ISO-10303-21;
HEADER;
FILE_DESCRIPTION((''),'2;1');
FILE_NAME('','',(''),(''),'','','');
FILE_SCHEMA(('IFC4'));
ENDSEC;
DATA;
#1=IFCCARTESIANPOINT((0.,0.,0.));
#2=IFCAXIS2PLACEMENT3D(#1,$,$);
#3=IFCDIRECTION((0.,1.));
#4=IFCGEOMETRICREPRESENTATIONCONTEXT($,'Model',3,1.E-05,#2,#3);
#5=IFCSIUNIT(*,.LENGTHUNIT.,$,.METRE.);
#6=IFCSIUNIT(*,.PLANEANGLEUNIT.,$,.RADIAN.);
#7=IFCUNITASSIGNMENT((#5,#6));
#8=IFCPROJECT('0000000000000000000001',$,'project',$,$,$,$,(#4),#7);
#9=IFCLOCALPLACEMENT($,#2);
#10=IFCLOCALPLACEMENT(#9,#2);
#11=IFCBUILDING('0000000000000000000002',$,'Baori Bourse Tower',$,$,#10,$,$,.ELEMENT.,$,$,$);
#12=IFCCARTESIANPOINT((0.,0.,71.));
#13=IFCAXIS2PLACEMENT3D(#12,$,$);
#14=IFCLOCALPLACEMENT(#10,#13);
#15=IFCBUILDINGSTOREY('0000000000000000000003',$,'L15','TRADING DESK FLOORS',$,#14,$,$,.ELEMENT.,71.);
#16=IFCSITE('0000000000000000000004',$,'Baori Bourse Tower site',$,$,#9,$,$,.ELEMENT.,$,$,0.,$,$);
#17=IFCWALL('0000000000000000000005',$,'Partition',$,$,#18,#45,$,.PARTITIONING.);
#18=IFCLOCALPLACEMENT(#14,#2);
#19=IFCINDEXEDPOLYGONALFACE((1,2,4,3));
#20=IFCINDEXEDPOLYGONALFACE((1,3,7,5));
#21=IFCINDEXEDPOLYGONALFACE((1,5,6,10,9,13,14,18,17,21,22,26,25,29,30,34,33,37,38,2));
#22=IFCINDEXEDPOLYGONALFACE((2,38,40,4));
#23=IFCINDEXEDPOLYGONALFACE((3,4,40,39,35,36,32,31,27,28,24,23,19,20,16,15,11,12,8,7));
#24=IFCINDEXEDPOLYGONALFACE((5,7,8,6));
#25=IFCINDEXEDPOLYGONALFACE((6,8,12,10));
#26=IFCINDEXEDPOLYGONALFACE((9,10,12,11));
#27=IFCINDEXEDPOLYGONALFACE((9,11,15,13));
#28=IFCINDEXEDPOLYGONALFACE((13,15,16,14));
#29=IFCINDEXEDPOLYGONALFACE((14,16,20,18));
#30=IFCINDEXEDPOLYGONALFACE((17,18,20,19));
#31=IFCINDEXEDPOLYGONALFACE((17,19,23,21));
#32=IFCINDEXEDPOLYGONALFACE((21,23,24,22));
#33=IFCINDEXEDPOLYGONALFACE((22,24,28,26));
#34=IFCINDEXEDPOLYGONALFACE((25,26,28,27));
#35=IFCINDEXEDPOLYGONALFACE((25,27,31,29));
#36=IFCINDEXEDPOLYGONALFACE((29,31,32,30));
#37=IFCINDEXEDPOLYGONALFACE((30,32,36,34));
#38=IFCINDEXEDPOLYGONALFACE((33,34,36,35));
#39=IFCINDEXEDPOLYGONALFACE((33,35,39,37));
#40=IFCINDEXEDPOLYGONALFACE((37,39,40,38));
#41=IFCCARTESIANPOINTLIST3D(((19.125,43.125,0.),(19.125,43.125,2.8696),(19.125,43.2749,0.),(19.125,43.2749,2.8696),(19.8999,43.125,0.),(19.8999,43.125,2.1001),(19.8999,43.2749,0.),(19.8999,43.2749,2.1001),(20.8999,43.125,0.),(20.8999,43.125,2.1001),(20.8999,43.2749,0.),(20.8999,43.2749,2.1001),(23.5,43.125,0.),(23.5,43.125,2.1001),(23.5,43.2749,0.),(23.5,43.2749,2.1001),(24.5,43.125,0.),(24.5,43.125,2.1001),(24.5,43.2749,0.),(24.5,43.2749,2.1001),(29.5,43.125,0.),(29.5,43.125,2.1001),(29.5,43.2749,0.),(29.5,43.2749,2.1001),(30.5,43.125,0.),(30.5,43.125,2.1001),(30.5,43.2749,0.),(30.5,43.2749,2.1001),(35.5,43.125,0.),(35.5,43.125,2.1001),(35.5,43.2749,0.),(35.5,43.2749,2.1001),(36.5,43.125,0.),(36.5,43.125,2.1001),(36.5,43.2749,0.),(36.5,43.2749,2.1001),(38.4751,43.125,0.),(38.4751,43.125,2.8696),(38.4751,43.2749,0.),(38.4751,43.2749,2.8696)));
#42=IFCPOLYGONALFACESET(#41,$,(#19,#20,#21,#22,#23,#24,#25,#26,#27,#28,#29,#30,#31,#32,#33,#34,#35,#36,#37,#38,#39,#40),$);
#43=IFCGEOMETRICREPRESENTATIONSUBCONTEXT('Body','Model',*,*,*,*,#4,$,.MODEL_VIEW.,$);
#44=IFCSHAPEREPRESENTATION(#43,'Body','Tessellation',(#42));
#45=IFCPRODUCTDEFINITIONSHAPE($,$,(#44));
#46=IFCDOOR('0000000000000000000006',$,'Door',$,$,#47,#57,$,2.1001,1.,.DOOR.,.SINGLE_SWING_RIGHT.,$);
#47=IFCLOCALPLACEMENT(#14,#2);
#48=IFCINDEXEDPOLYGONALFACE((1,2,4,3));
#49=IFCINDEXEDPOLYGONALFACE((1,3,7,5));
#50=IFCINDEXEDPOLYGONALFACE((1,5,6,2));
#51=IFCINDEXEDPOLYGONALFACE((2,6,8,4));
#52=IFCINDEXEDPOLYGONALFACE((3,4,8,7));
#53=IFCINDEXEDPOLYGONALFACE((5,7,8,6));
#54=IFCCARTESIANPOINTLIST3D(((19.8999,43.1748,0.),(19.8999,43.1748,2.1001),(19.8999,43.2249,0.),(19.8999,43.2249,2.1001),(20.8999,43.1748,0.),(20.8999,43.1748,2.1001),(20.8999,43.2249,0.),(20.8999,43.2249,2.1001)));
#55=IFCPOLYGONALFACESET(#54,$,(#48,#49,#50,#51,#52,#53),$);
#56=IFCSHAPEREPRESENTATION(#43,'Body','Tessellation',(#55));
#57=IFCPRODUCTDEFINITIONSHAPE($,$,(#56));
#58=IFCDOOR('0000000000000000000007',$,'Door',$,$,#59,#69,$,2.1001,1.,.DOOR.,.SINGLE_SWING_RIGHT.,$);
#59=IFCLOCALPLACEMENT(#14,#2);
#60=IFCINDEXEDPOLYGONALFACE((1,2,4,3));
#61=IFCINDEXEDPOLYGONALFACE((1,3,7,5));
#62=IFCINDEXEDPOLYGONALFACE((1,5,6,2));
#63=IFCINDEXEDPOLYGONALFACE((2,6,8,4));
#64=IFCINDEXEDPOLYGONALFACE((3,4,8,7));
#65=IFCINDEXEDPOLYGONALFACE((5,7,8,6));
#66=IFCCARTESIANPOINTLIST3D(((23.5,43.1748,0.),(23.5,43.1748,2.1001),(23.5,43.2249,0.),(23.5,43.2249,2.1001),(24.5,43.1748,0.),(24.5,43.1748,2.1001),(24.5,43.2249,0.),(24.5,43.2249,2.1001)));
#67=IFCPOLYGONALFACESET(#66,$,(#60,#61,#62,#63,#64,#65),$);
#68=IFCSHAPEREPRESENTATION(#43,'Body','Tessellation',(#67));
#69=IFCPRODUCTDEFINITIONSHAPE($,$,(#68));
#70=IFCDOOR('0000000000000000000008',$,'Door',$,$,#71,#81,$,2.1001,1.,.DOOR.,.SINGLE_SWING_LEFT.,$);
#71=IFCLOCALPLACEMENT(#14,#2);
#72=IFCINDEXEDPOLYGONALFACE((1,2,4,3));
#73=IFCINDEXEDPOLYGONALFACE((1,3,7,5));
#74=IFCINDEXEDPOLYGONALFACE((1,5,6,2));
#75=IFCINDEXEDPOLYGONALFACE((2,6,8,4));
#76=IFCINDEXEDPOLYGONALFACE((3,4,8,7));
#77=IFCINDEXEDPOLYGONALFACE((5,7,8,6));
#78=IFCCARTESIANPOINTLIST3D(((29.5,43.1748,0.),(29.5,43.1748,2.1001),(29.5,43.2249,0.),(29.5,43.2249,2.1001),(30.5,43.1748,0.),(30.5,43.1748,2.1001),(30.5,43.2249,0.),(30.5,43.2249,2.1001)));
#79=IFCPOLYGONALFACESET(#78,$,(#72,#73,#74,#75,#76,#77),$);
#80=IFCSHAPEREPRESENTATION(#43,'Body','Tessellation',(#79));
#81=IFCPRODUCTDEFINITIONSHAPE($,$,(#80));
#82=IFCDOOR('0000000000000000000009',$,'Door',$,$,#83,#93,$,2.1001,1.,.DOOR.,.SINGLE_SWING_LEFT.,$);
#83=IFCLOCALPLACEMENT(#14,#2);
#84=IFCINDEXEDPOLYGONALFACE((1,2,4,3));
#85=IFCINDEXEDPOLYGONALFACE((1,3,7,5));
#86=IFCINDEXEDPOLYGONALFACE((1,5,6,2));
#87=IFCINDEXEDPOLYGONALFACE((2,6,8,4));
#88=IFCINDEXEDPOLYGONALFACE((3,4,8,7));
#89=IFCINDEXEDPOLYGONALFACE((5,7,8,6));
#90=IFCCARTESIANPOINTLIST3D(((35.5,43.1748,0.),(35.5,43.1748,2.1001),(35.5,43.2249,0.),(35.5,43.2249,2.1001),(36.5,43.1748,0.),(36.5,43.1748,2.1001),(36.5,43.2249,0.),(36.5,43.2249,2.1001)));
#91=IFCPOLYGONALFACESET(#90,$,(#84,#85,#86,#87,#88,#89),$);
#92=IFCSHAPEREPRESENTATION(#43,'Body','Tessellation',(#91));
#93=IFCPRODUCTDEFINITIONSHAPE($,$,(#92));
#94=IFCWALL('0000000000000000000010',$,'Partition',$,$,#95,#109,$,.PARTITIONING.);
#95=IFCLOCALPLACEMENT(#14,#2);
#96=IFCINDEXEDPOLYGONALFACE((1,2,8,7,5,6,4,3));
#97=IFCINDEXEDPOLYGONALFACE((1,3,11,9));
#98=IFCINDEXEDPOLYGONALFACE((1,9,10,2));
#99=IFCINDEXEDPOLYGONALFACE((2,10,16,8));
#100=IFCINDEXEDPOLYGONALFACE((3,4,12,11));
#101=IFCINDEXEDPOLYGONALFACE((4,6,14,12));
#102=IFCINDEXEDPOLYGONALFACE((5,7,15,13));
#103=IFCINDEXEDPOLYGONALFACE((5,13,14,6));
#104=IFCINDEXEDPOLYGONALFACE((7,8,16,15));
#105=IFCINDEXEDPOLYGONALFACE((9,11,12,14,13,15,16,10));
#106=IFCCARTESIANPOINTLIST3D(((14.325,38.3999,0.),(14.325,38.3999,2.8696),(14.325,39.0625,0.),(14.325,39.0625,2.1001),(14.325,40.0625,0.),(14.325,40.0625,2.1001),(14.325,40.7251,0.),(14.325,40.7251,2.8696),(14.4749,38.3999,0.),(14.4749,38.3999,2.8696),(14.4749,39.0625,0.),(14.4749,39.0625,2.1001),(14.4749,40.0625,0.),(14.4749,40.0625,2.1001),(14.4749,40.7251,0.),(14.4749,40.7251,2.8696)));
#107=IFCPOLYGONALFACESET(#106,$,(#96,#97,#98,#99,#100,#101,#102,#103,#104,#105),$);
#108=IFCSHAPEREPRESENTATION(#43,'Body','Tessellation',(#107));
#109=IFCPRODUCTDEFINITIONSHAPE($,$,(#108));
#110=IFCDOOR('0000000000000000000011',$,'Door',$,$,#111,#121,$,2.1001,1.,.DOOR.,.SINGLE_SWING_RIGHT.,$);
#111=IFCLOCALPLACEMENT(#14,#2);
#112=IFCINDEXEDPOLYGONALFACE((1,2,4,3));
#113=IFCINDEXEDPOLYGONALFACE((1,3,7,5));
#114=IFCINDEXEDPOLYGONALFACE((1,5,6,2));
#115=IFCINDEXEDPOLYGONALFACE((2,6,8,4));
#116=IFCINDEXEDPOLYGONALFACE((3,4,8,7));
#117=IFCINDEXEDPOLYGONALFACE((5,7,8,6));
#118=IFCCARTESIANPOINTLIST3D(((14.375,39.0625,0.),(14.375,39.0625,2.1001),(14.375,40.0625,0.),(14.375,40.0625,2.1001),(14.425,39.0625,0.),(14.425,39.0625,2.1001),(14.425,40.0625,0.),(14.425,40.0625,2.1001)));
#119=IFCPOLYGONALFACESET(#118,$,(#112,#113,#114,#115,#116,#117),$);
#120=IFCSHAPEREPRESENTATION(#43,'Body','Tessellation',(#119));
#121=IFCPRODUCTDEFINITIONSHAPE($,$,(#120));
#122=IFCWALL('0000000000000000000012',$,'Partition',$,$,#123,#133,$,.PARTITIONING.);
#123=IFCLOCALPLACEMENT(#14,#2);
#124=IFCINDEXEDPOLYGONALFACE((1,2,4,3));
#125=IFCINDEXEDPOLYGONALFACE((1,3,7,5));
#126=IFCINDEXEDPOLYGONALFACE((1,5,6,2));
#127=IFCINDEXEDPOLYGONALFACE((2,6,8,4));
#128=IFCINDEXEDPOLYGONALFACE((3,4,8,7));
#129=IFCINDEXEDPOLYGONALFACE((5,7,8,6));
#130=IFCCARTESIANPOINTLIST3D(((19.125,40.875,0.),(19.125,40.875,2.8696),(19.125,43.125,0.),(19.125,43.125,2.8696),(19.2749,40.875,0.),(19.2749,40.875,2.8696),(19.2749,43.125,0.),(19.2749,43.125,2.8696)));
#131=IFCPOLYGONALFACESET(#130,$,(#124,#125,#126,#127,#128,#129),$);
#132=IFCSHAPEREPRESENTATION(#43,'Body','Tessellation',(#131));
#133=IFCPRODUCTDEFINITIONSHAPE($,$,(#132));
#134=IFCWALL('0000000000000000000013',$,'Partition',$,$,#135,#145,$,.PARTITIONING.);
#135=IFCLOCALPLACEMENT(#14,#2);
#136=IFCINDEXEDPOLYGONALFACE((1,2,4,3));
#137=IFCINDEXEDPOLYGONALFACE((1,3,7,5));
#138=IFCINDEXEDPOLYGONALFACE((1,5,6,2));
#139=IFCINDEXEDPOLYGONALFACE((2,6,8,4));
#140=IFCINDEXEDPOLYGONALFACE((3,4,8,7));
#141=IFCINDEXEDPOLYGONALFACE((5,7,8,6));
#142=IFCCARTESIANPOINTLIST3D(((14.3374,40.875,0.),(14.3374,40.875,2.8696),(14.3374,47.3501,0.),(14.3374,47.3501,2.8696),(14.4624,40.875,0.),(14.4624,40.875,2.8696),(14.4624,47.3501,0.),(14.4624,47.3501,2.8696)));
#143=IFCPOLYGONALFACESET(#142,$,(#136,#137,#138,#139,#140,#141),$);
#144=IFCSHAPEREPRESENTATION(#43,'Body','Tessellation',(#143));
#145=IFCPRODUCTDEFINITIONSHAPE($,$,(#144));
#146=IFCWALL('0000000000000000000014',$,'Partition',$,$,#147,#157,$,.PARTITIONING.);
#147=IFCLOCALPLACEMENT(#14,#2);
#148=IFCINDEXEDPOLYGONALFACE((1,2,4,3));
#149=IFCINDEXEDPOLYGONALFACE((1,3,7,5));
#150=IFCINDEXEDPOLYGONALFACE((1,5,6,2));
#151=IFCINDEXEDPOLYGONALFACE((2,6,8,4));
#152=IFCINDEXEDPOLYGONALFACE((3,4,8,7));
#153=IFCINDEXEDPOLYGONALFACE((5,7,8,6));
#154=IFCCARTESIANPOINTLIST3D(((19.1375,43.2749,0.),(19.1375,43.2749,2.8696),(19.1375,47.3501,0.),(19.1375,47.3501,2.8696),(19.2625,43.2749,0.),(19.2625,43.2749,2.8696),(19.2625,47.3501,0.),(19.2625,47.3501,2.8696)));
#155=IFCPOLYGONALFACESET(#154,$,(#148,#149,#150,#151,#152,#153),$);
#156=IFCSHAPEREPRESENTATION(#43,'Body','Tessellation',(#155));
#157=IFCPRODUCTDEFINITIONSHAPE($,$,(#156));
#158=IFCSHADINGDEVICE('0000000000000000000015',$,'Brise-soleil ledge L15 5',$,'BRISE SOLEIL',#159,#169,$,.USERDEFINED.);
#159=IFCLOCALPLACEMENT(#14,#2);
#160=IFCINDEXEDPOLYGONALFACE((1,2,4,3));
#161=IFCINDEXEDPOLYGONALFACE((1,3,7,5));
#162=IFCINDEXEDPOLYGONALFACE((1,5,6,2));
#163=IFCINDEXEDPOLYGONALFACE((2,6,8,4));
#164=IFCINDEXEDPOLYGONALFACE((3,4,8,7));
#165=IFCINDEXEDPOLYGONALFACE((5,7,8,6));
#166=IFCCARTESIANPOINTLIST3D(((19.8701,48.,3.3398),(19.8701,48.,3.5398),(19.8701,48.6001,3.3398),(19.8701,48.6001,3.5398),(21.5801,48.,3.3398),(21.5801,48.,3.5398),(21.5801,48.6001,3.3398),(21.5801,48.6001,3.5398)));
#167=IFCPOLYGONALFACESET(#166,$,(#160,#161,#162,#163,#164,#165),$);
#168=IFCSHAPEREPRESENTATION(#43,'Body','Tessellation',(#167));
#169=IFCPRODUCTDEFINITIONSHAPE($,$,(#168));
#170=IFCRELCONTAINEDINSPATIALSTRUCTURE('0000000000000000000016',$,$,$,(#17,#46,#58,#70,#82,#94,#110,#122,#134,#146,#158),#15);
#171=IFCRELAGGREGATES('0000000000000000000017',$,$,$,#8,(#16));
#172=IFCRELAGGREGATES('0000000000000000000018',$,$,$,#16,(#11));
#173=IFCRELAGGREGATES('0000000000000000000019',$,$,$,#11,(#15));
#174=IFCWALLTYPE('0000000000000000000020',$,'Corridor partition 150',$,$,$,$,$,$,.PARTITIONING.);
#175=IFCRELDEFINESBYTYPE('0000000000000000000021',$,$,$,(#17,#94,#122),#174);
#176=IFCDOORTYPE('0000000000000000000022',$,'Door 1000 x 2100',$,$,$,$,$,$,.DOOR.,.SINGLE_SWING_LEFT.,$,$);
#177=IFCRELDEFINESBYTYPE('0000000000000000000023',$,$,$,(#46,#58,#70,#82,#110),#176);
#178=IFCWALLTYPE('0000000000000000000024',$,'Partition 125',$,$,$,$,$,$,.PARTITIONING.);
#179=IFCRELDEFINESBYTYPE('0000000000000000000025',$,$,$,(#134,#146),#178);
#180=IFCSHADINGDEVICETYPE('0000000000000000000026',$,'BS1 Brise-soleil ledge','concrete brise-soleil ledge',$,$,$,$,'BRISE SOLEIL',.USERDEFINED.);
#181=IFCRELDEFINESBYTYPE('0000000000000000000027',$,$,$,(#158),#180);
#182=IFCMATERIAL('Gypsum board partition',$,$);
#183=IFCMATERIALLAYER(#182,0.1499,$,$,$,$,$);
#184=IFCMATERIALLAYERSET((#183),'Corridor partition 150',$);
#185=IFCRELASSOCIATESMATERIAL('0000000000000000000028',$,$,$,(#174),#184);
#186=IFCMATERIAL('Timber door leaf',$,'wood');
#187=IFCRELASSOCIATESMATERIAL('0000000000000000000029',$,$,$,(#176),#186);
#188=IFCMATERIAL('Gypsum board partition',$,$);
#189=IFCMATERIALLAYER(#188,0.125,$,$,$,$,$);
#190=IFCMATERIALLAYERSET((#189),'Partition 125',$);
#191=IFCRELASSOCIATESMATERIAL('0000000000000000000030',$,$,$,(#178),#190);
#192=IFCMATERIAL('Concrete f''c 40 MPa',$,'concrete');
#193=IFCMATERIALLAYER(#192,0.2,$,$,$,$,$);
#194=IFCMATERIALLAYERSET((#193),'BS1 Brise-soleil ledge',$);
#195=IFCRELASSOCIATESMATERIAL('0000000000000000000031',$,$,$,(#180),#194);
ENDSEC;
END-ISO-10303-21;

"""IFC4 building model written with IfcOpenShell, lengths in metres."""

from ifc_helpers import new_model, si_unit, direction, frame, frame_2d, origin, origin_2d, place, context, subcontext, project, spatial, rectangle, extrude, material, layer, layer_set, type_object, element, fill, save


model = new_model("IFC4")

# Units and contexts
model_context = context("Model", 3, precision=1e-05, world=origin(), true_north=direction((0.0, 1.0)))
body_context = subcontext(model_context, "Body", "Model", "MODEL_VIEW")
ifc_project = project(units=[si_unit("LENGTHUNIT", "METRE"), si_unit("PLANEANGLEUNIT", "RADIAN")], contexts=[model_context])

# Site, building, storey
site_placement = place(None, origin())
site = spatial("IfcSite", under=ifc_project, at=site_placement, Name="Baori Bourse Tower site", CompositionType="ELEMENT", RefElevation=0.0)
building_placement = place(site_placement, origin())
building = spatial("IfcBuilding", under=site, at=building_placement, Name="Baori Bourse Tower", CompositionType="ELEMENT")
storey_placement = place(building_placement, frame((0.0, 0.0, 71.0)))
storey = spatial("IfcBuildingStorey", under=building, at=storey_placement, Name="L15", Description="TRADING DESK FLOORS", CompositionType="ELEMENT", Elevation=71.0)

# Shared definitions
ifc_material_1 = material(Name="Gypsum board partition")
ifc_layer_1 = layer(ifc_material_1, 0.1499)
ifc_layer_set_1 = layer_set([ifc_layer_1], Name="Corridor partition 150")
wall_type_1 = type_object("IfcWallType", Name="Corridor partition 150", PredefinedType="PARTITIONING", material=ifc_layer_set_1)
ifc_material_2 = material(Name="Timber door leaf", Category="wood")
door_type_1 = type_object("IfcDoorType", Name="Door 1000 x 2100", OperationType="SINGLE_SWING_LEFT", PredefinedType="DOOR", material=ifc_material_2)

# Wall, openings, doors
wall_1_placement = place(storey_placement, frame((19.125, 43.2, 0.0), z_axis=(0.0, 0.0, 1.0), x_axis=(1.0, 0.0, 0.0)))
wall_1 = element("IfcWall", 1, at=wall_1_placement, inside=storey, type_object=wall_type_1, Name="Partition", PredefinedType="PARTITIONING", context=body_context, shape_type="SweptSolid", body=[
    extrude(rectangle(XDim=19.3501, YDim=0.1499, at=frame_2d((9.675, 0.0))), origin(), (0.0, 0.0, 1.0), 2.8696),
])
opening_1_placement = place(wall_1_placement, frame((0.7749, 0.0, 0.0)))
opening_1 = element("IfcOpeningElement", 2, at=opening_1_placement, cuts=wall_1, PredefinedType="OPENING", context=body_context, shape_type="SweptSolid", body=[
    extrude(rectangle(XDim=1.0, YDim=2.1001, at=frame_2d((0.5, 1.05))), frame((0.0, 0.085, 0.0), z_axis=(0.0, -1.0, 0.0), x_axis=(1.0, 0.0, 0.0)), (0.0, 0.0, 1.0), 0.1699),
])
opening_2_placement = place(wall_1_placement, frame((4.375, 0.0, 0.0)))
opening_2 = element("IfcOpeningElement", 3, at=opening_2_placement, cuts=wall_1, PredefinedType="OPENING", context=body_context, shape_type="SweptSolid", body=[
    extrude(rectangle(XDim=1.0, YDim=2.1001, at=frame_2d((0.5, 1.05))), frame((0.0, 0.085, 0.0), z_axis=(0.0, -1.0, 0.0), x_axis=(1.0, 0.0, 0.0)), (0.0, 0.0, 1.0), 0.1699),
])
opening_3_placement = place(wall_1_placement, frame((10.375, 0.0, 0.0)))
opening_3 = element("IfcOpeningElement", 4, at=opening_3_placement, cuts=wall_1, PredefinedType="OPENING", context=body_context, shape_type="SweptSolid", body=[
    extrude(rectangle(XDim=1.0, YDim=2.1001, at=frame_2d((0.5, 1.05))), frame((0.0, 0.085, 0.0), z_axis=(0.0, -1.0, 0.0), x_axis=(1.0, 0.0, 0.0)), (0.0, 0.0, 1.0), 0.1699),
])
opening_4_placement = place(wall_1_placement, frame((16.375, 0.0, 0.0)))
opening_4 = element("IfcOpeningElement", 5, at=opening_4_placement, cuts=wall_1, PredefinedType="OPENING", context=body_context, shape_type="SweptSolid", body=[
    extrude(rectangle(XDim=1.0, YDim=2.1001, at=frame_2d((0.5, 1.05))), frame((0.0, 0.085, 0.0), z_axis=(0.0, -1.0, 0.0), x_axis=(1.0, 0.0, 0.0)), (0.0, 0.0, 1.0), 0.1699),
])
door_1_placement = place(opening_1_placement, origin())
door_1 = element("IfcDoor", 6, at=door_1_placement, inside=storey, type_object=door_type_1, Name="Door", OperationType="SINGLE_SWING_RIGHT", OverallHeight=2.1001, OverallWidth=1.0, PredefinedType="DOOR", context=body_context, shape_type="SweptSolid", body=[
    extrude(rectangle(XDim=1.0, YDim=2.1001, at=frame_2d((0.5, 1.05))), frame((0.0, 0.0249, 0.0), z_axis=(0.0, -1.0, 0.0), x_axis=(1.0, 0.0, 0.0)), (0.0, 0.0, 1.0), 0.05),
])
fill(opening_1, door_1)
door_2_placement = place(opening_2_placement, origin())
door_2 = element("IfcDoor", 7, at=door_2_placement, inside=storey, type_object=door_type_1, Name="Door", OperationType="SINGLE_SWING_RIGHT", OverallHeight=2.1001, OverallWidth=1.0, PredefinedType="DOOR", context=body_context, shape_type="SweptSolid", body=[
    extrude(rectangle(XDim=1.0, YDim=2.1001, at=frame_2d((0.5, 1.05))), frame((0.0, 0.0249, 0.0), z_axis=(0.0, -1.0, 0.0), x_axis=(1.0, 0.0, 0.0)), (0.0, 0.0, 1.0), 0.05),
])
fill(opening_2, door_2)
door_3_placement = place(opening_3_placement, origin())
door_3 = element("IfcDoor", 8, at=door_3_placement, inside=storey, type_object=door_type_1, Name="Door", OperationType="SINGLE_SWING_LEFT", OverallHeight=2.1001, OverallWidth=1.0, PredefinedType="DOOR", context=body_context, shape_type="SweptSolid", body=[
    extrude(rectangle(XDim=1.0, YDim=2.1001, at=frame_2d((0.5, 1.05))), frame((0.0, 0.0249, 0.0), z_axis=(0.0, -1.0, 0.0), x_axis=(1.0, 0.0, 0.0)), (0.0, 0.0, 1.0), 0.05),
])
fill(opening_3, door_3)
door_4_placement = place(opening_4_placement, origin())
door_4 = element("IfcDoor", 9, at=door_4_placement, inside=storey, type_object=door_type_1, Name="Door", OperationType="SINGLE_SWING_LEFT", OverallHeight=2.1001, OverallWidth=1.0, PredefinedType="DOOR", context=body_context, shape_type="SweptSolid", body=[
    extrude(rectangle(XDim=1.0, YDim=2.1001, at=frame_2d((0.5, 1.05))), frame((0.0, 0.0249, 0.0), z_axis=(0.0, -1.0, 0.0), x_axis=(1.0, 0.0, 0.0)), (0.0, 0.0, 1.0), 0.05),
])
fill(opening_4, door_4)

# Wall, opening, door
wall_2_placement = place(storey_placement, frame((14.3999, 38.3999, 0.0), z_axis=(0.0, 0.0, 1.0), x_axis=(0.0, 1.0, 0.0)))
wall_2 = element("IfcWall", 10, at=wall_2_placement, inside=storey, type_object=wall_type_1, Name="Partition", PredefinedType="PARTITIONING", context=body_context, shape_type="SweptSolid", body=[
    extrude(rectangle(XDim=2.3252, YDim=0.1499, at=frame_2d((1.1626, 0.0))), origin(), (0.0, 0.0, 1.0), 2.8696),
])
opening_5_placement = place(wall_2_placement, frame((0.6626, 0.0, 0.0)))
opening_5 = element("IfcOpeningElement", 11, at=opening_5_placement, cuts=wall_2, PredefinedType="OPENING", context=body_context, shape_type="SweptSolid", body=[
    extrude(rectangle(XDim=1.0, YDim=2.1001, at=frame_2d((0.5, 1.05))), frame((0.0, 0.085, 0.0), z_axis=(0.0, -1.0, 0.0), x_axis=(1.0, 0.0, 0.0)), (0.0, 0.0, 1.0), 0.1699),
])
door_5_placement = place(opening_5_placement, origin())
door_5 = element("IfcDoor", 12, at=door_5_placement, inside=storey, type_object=door_type_1, Name="Door", OperationType="SINGLE_SWING_RIGHT", OverallHeight=2.1001, OverallWidth=1.0, PredefinedType="DOOR", context=body_context, shape_type="SweptSolid", body=[
    extrude(rectangle(XDim=1.0, YDim=2.1001, at=frame_2d((0.5, 1.05))), frame((0.0, 0.0249, 0.0), z_axis=(0.0, -1.0, 0.0), x_axis=(1.0, 0.0, 0.0)), (0.0, 0.0, 1.0), 0.05),
])
fill(opening_5, door_5)

# Walls
wall_3_placement = place(storey_placement, frame((19.2, 40.875, 0.0), z_axis=(0.0, 0.0, 1.0), x_axis=(0.0, 1.0, 0.0)))
element("IfcWall", 13, at=wall_3_placement, inside=storey, type_object=wall_type_1, Name="Partition", PredefinedType="PARTITIONING", context=body_context, shape_type="SweptSolid", body=[
    extrude(rectangle(XDim=2.25, YDim=0.1499, at=frame_2d((1.125, 0.0))), origin(), (0.0, 0.0, 1.0), 2.8696),
])
ifc_material_3 = material(Name="Gypsum board partition")
ifc_layer_2 = layer(ifc_material_3, 0.125)
ifc_layer_set_2 = layer_set([ifc_layer_2], Name="Partition 125")
wall_type_2 = type_object("IfcWallType", Name="Partition 125", PredefinedType="PARTITIONING", material=ifc_layer_set_2)
wall_4_placement = place(storey_placement, frame((14.3999, 40.875, 0.0), z_axis=(0.0, 0.0, 1.0), x_axis=(0.0, 1.0, 0.0)))
element("IfcWall", 14, at=wall_4_placement, inside=storey, type_object=wall_type_2, Name="Partition", PredefinedType="PARTITIONING", context=body_context, shape_type="SweptSolid", body=[
    extrude(rectangle(XDim=6.4751, YDim=0.125, at=frame_2d((3.2375, 0.0))), origin(), (0.0, 0.0, 1.0), 2.8696),
])
wall_5_placement = place(storey_placement, frame((19.2, 43.2749, 0.0), z_axis=(0.0, 0.0, 1.0), x_axis=(0.0, 1.0, 0.0)))
element("IfcWall", 15, at=wall_5_placement, inside=storey, type_object=wall_type_2, Name="Partition", PredefinedType="PARTITIONING", context=body_context, shape_type="SweptSolid", body=[
    extrude(rectangle(XDim=4.0752, YDim=0.125, at=frame_2d((2.0376, 0.0))), origin(), (0.0, 0.0, 1.0), 2.8696),
])

# Shading device
ifc_material_4 = material(Name="Concrete f'c 40 MPa", Category="concrete")
ifc_layer_3 = layer(ifc_material_4, 0.2)
ifc_layer_set_3 = layer_set([ifc_layer_3], Name="BS1 Brise-soleil ledge")
shading_device_type = type_object("IfcShadingDeviceType", Name="BS1 Brise-soleil ledge", Description="concrete brise-soleil ledge", ElementType="BRISE SOLEIL", PredefinedType="USERDEFINED", material=ifc_layer_set_3)
shading_device_1_placement = place(storey_placement, frame((20.7251, 48.3, 3.3398), z_axis=(0.0, 0.0, 1.0), x_axis=(-1.0, 0.0, 0.0)))
element("IfcShadingDevice", 16, at=shading_device_1_placement, inside=storey, type_object=shading_device_type, Name="Brise-soleil ledge L15 5", ObjectType="BRISE SOLEIL", PredefinedType="USERDEFINED", context=body_context, shape_type="SweptSolid", body=[
    extrude(rectangle(XDim=1.71, YDim=0.6001, at=origin_2d()), origin(), (0.0, 0.0, 1.0), 0.2),
])

save(model, "model.ifc")
